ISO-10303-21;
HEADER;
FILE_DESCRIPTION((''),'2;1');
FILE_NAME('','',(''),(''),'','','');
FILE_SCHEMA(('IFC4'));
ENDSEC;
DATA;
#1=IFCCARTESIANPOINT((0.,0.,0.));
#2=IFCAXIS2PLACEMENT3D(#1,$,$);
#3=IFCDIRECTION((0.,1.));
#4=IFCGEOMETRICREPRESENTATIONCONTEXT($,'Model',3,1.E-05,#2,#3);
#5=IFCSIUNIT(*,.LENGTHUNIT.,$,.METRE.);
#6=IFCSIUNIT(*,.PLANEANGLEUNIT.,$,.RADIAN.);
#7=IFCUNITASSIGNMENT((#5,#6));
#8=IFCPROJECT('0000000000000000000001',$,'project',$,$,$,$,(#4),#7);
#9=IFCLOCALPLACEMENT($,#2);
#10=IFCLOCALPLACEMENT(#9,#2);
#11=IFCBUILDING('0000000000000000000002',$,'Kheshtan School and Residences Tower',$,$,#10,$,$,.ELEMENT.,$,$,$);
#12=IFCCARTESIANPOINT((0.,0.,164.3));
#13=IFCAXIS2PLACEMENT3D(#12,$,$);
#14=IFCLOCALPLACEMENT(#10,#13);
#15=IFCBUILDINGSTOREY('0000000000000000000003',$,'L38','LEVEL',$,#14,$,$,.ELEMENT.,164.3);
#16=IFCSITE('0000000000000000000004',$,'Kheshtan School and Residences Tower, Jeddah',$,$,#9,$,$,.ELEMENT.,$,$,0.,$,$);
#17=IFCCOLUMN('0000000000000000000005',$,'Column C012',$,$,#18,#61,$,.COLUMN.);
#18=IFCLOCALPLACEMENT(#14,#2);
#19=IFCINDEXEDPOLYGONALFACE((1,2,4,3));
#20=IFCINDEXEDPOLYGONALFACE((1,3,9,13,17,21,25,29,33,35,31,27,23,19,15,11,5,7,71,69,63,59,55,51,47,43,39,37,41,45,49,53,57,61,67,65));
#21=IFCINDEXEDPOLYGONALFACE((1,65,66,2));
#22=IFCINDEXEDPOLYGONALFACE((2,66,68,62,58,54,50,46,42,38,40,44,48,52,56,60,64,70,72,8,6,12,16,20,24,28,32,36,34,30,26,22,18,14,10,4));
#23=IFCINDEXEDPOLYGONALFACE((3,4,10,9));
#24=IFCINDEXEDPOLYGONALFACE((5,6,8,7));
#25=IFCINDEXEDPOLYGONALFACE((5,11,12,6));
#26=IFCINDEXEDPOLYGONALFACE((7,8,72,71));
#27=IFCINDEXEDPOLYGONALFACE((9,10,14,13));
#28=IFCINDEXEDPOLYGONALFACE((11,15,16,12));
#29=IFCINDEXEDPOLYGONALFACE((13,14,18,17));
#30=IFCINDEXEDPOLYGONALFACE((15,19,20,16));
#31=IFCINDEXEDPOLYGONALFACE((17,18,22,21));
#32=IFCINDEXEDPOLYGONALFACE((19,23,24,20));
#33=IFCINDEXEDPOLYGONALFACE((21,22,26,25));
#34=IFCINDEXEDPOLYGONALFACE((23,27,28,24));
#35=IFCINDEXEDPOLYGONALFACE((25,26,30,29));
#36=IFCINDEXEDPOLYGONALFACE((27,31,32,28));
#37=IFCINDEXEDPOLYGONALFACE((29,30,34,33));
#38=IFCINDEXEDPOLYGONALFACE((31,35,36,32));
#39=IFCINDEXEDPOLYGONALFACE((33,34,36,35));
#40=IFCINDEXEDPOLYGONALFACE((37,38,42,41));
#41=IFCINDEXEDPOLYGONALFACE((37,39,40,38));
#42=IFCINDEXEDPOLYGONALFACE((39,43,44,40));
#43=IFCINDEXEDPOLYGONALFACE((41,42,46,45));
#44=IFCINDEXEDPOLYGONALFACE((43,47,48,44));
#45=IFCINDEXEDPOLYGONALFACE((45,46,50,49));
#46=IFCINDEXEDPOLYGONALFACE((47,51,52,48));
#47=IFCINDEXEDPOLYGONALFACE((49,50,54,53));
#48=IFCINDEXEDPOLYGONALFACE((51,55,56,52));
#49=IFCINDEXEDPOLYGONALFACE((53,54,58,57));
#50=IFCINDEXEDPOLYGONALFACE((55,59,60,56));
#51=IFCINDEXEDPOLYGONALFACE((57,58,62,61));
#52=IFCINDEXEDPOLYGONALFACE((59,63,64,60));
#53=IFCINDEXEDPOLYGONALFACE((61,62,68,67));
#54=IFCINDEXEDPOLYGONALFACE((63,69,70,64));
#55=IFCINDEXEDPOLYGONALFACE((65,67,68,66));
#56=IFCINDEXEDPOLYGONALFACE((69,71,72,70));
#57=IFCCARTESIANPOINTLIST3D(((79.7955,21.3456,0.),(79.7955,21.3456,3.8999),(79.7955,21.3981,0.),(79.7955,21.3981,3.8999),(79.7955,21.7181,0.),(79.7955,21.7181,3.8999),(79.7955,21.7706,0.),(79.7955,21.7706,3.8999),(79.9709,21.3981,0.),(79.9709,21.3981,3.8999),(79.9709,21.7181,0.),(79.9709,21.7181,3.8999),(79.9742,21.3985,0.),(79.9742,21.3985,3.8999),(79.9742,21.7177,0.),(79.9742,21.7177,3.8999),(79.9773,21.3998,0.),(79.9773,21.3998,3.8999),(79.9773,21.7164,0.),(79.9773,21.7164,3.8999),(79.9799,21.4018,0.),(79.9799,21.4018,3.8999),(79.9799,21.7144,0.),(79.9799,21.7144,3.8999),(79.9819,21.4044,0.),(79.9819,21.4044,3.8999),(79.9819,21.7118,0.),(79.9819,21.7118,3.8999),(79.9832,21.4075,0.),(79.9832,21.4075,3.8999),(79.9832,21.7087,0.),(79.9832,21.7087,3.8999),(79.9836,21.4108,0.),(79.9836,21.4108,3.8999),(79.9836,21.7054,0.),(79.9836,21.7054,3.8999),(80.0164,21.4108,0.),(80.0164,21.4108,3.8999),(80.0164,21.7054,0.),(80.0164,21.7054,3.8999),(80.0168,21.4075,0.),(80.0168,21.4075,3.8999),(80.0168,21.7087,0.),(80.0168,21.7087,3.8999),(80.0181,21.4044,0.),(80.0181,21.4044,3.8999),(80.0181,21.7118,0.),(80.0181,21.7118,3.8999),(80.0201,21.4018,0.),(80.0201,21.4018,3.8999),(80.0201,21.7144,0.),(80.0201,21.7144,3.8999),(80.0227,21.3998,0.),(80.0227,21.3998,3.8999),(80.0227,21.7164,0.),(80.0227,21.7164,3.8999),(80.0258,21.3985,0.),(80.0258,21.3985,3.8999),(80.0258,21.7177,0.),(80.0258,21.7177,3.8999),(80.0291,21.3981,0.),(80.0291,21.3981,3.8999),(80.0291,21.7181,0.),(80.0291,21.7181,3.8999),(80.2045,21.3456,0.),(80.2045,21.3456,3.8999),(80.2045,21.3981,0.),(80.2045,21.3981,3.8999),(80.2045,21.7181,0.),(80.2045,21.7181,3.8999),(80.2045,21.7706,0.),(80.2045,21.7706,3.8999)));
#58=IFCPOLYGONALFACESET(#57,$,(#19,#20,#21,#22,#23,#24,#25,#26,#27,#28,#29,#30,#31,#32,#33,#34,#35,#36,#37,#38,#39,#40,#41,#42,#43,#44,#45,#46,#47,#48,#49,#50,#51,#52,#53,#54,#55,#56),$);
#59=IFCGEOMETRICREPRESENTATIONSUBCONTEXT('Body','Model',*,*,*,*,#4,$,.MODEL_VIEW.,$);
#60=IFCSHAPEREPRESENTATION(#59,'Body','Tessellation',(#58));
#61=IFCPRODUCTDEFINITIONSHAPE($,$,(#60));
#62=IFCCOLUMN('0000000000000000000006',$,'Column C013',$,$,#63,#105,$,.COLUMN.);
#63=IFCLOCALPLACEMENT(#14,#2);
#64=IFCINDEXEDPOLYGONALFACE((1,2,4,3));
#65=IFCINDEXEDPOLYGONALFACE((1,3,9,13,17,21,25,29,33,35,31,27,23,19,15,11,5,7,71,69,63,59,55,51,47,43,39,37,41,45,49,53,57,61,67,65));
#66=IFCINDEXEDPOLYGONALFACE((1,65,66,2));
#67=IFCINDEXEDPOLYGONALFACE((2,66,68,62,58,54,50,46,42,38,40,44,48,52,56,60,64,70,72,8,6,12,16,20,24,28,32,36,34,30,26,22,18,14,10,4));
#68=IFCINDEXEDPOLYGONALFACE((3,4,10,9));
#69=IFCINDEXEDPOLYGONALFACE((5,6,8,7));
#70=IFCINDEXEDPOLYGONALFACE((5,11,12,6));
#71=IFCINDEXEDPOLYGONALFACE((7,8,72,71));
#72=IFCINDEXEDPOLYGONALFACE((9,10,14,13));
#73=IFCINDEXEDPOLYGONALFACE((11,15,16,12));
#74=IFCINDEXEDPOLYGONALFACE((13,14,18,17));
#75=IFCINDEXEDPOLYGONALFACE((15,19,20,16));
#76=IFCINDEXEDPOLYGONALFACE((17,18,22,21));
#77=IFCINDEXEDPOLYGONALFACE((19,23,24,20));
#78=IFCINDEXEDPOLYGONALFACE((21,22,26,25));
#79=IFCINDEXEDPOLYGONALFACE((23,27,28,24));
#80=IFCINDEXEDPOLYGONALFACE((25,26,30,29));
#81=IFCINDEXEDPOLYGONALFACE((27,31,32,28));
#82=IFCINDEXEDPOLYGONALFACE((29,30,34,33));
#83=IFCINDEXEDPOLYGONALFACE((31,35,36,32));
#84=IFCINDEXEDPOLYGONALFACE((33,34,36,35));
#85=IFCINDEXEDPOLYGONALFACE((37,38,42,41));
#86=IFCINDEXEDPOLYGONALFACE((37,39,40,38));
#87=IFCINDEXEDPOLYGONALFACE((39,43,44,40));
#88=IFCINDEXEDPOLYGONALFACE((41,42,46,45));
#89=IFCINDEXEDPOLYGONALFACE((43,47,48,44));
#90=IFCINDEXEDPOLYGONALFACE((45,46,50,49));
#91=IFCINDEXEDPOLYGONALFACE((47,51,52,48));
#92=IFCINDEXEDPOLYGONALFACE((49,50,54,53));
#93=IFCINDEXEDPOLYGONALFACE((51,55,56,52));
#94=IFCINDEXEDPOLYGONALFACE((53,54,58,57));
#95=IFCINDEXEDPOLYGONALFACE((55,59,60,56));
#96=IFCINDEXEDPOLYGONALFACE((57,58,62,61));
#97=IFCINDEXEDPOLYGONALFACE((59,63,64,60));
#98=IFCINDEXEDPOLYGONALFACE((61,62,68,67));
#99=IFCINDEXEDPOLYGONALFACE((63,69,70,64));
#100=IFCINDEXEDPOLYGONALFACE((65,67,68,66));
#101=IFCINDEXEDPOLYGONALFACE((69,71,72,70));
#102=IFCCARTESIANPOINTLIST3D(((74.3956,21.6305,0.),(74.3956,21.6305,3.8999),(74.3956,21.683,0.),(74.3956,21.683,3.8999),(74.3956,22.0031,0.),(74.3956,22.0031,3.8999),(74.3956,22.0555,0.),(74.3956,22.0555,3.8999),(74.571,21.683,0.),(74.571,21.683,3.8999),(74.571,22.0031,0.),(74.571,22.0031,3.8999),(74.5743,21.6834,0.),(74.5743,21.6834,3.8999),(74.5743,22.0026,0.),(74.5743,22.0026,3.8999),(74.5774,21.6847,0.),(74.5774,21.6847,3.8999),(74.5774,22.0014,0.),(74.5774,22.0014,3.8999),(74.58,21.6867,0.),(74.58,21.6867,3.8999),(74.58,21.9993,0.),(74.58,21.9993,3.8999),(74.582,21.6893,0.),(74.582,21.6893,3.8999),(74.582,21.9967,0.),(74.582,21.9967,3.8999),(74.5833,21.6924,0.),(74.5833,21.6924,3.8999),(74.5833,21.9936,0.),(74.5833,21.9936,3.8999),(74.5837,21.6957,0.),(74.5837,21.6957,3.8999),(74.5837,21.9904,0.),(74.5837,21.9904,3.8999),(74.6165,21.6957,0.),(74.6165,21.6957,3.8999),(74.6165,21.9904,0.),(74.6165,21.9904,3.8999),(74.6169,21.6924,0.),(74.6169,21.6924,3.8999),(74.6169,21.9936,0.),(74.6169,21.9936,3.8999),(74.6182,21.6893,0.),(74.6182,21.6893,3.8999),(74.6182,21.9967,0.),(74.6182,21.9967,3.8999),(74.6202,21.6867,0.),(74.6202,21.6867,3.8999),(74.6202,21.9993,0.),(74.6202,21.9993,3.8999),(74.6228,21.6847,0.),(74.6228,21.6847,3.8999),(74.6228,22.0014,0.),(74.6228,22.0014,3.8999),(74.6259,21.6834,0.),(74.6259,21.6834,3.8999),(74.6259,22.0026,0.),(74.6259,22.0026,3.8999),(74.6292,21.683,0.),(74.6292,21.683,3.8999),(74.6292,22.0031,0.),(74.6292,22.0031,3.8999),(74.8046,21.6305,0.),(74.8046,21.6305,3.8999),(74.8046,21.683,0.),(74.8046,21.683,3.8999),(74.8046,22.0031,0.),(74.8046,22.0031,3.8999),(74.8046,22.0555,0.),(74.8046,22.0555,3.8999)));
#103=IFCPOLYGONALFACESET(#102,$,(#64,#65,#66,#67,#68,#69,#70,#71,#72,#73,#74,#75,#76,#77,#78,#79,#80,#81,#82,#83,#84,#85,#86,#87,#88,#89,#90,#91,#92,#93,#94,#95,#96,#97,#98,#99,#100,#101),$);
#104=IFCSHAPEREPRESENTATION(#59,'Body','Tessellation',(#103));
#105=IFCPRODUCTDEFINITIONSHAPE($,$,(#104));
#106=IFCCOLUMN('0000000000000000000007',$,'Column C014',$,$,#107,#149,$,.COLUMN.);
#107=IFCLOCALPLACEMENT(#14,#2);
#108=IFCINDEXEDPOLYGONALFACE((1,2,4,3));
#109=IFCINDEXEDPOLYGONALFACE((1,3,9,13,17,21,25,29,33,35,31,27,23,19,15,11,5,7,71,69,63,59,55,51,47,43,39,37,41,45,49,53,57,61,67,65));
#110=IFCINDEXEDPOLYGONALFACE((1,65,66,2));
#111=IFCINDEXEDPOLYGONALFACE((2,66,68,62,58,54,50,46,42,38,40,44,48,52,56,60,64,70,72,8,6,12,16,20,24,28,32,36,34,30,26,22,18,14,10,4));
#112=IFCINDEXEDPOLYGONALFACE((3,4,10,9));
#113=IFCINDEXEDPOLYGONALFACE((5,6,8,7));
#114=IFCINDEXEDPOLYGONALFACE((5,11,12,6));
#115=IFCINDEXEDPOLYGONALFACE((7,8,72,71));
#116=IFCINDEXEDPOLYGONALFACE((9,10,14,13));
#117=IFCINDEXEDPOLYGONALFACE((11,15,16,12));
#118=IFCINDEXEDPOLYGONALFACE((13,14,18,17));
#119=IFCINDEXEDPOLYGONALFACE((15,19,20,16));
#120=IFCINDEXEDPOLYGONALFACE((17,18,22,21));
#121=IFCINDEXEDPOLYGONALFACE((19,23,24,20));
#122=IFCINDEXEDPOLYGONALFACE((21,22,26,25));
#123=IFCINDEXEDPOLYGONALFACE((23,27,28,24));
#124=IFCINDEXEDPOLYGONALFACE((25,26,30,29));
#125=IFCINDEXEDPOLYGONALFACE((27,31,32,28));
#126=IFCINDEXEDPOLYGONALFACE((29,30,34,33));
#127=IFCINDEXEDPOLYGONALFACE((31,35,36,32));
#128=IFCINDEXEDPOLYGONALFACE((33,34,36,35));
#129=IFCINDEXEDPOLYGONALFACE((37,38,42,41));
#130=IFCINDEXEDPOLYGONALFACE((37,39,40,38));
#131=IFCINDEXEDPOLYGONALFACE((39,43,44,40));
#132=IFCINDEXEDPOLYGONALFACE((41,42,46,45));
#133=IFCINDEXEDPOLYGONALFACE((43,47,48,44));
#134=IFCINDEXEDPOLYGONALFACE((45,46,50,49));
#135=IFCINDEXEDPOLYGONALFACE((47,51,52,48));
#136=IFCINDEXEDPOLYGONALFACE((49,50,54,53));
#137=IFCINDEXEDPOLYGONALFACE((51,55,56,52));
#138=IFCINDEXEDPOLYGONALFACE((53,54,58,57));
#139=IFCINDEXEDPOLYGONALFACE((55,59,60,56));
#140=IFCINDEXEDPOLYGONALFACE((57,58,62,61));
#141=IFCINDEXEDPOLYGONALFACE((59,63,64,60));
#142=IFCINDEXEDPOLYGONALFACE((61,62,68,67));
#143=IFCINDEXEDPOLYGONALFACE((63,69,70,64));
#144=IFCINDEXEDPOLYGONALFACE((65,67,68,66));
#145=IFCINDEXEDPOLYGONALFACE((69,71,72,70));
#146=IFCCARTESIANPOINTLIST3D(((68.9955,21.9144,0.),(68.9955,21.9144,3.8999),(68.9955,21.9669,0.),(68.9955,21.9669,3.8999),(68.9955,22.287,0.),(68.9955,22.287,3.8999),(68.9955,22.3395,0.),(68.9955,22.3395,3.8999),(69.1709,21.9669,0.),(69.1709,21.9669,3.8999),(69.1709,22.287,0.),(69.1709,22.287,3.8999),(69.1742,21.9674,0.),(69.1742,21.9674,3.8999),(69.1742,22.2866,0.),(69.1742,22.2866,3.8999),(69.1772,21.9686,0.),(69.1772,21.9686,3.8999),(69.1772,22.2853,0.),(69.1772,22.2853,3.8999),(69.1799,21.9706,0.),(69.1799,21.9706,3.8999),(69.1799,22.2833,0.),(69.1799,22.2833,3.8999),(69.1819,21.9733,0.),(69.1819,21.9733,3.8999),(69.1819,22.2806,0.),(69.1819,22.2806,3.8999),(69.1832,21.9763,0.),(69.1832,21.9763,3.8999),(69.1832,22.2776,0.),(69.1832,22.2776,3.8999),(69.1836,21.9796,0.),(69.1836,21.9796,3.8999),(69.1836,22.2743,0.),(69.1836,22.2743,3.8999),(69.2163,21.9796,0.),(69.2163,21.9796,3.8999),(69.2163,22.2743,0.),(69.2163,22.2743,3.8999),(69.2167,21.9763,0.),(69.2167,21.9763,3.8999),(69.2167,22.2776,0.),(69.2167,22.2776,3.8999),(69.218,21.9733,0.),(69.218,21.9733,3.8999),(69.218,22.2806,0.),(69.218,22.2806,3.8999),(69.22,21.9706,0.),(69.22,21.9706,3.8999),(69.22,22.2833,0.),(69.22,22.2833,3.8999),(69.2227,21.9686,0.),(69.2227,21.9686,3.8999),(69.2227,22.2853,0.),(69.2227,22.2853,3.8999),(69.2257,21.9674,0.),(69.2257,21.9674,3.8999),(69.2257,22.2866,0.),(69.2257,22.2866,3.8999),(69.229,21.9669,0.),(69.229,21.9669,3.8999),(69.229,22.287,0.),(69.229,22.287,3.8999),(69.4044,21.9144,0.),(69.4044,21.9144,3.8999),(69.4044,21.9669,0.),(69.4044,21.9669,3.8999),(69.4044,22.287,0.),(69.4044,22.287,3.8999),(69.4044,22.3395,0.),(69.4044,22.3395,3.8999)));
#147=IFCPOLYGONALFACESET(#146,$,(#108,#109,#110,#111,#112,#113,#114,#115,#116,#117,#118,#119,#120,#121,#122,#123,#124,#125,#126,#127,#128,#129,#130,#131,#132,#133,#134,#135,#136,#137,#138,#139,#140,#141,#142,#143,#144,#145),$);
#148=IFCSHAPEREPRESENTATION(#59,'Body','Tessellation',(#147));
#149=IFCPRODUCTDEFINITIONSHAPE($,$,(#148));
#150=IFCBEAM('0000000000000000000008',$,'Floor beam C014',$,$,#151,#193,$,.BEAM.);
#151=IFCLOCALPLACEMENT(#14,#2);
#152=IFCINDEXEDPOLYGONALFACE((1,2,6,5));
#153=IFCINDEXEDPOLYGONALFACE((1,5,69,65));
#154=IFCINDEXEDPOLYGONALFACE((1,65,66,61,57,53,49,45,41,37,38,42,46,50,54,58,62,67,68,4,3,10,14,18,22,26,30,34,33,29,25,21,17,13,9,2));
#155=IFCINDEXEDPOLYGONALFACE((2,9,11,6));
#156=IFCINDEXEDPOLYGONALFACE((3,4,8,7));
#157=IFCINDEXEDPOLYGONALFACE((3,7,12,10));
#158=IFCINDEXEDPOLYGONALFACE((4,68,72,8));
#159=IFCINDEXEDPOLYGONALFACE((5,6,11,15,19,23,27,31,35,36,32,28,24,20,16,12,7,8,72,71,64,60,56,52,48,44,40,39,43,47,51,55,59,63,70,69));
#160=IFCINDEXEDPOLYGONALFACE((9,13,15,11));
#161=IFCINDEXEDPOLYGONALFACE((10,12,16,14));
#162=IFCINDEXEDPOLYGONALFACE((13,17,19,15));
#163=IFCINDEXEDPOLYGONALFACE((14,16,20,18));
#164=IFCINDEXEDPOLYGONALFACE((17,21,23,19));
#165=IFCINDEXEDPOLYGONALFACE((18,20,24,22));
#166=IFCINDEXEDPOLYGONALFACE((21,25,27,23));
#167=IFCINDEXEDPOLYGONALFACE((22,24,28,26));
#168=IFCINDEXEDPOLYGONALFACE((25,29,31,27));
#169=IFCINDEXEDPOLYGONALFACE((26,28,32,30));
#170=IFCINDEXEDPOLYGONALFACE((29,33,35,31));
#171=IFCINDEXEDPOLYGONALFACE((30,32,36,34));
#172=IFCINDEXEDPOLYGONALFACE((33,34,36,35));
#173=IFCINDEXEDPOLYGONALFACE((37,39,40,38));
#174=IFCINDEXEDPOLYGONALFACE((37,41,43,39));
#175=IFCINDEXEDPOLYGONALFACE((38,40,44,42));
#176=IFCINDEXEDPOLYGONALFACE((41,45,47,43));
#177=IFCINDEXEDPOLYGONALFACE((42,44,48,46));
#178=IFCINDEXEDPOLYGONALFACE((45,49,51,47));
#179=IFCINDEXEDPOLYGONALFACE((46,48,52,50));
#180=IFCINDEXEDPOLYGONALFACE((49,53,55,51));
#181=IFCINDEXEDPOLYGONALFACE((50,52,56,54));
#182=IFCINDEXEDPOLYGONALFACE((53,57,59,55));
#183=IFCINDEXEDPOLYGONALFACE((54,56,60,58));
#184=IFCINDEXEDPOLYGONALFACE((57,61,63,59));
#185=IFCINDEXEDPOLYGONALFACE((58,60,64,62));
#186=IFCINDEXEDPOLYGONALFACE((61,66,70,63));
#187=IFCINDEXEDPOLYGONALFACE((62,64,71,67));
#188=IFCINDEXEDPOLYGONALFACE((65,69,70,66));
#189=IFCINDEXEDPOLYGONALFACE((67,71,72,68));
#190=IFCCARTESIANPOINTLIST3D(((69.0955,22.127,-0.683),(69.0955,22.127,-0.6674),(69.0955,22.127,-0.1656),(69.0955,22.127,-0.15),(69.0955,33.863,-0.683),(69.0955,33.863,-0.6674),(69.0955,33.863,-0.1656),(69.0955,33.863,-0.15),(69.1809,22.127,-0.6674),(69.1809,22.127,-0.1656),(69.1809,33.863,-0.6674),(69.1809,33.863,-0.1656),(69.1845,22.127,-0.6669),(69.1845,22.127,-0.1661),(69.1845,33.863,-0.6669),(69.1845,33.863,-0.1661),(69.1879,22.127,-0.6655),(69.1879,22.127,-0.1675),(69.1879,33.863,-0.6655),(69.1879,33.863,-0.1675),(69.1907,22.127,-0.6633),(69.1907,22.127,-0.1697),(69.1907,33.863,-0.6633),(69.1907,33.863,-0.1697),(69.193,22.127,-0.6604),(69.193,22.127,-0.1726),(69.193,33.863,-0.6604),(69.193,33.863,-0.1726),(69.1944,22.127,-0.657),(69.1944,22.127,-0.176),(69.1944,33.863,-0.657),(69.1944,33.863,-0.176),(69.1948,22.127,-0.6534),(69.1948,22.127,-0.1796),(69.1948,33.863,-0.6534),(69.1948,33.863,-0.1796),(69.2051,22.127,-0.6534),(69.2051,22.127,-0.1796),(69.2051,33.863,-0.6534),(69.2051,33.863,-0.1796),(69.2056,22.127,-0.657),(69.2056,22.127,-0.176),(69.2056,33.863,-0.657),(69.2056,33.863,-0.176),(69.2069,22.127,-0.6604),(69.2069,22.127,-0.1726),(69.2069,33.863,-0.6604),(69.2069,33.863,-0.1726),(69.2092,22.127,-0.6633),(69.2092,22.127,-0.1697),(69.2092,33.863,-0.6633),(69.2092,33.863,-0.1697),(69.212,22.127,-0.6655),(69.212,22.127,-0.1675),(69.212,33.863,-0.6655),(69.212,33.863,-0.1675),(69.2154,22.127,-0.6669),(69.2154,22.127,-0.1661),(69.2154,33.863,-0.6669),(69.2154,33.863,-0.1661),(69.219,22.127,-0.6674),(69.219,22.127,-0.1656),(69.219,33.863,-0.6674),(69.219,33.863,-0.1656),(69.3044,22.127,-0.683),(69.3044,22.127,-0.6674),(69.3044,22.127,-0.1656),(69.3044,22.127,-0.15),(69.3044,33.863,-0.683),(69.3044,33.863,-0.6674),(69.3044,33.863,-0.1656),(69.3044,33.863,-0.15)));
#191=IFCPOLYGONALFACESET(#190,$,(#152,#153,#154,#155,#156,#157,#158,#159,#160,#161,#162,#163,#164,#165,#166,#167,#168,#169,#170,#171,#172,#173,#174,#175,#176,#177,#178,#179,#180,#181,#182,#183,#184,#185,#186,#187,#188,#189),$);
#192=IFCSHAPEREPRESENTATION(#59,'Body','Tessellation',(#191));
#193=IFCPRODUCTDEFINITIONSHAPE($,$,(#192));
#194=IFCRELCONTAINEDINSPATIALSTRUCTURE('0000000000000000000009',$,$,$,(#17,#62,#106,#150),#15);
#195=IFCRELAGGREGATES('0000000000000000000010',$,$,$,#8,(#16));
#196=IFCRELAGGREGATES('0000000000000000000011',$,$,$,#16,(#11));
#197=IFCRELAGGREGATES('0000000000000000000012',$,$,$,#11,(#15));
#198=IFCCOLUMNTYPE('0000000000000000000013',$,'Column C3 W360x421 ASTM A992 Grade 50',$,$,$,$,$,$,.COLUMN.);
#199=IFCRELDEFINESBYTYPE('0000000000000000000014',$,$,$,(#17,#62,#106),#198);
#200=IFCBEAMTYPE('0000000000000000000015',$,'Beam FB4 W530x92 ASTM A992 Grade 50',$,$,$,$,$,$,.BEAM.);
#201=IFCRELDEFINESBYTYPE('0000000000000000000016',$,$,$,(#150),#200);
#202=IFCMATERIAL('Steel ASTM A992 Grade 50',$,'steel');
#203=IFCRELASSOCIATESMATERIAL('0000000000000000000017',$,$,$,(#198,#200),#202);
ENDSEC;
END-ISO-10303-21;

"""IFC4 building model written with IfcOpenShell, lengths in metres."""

from ifc_helpers import new_model, si_unit, direction, frame, origin, origin_2d, place, context, subcontext, project, spatial, i_section, extrude, material, material_profile, profile_set, type_object, element, save


model = new_model("IFC4")

# Units and contexts
model_context = context("Model", 3, precision=1e-05, world=origin(), true_north=direction((0.0, 1.0)))
body_context = subcontext(model_context, "Body", "Model", "MODEL_VIEW")
ifc_project = project(units=[si_unit("LENGTHUNIT", "METRE"), si_unit("PLANEANGLEUNIT", "RADIAN")], contexts=[model_context])

# Site, building, storey
site_placement = place(None, origin())
site = spatial("IfcSite", under=ifc_project, at=site_placement, Name="Kheshtan School and Residences Tower, Jeddah", CompositionType="ELEMENT", RefElevation=0.0)
building_placement = place(site_placement, origin())
building = spatial("IfcBuilding", under=site, at=building_placement, Name="Kheshtan School and Residences Tower", CompositionType="ELEMENT")
storey_placement = place(building_placement, frame((0.0, 0.0, 164.3)))
storey = spatial("IfcBuildingStorey", under=building, at=storey_placement, Name="L38", Description="LEVEL", CompositionType="ELEMENT", Elevation=164.3)

# Columns
ifc_material_1 = material(Name="Steel ASTM A992 Grade 50", Category="steel")
ifc_material_profile_1 = material_profile(ifc_material_1, i_section(OverallWidth=0.4089, OverallDepth=0.425, WebThickness=0.0327, FlangeThickness=0.0525, FilletRadius=0.0127, at=origin_2d()), Name="W360x421")
ifc_profile_set_1 = profile_set([ifc_material_profile_1], Name="Steel ASTM A992 Grade 50")
column_type = type_object("IfcColumnType", Name="Column C3 W360x421 ASTM A992 Grade 50", PredefinedType="COLUMN", material=ifc_profile_set_1)
for number, where, z_axis, x_axis, name in (
    (1, (80.0, 21.5581, 0.0), (0.0, 0.0, 1.0), (1.0, 0.0, 0.0), "Column C012"),
    (2, (74.6001, 21.843, 0.0), (0.0, 0.0, 1.0), (1.0, 0.0, 0.0), "Column C013"),
    (3, (69.2, 22.127, 0.0), (0.0, 0.0, 1.0), (1.0, 0.0, 0.0), "Column C014"),
):
    element("IfcColumn", number, at=place(storey_placement, frame(where, z_axis=z_axis, x_axis=x_axis)), inside=storey, type_object=column_type, Name=name, PredefinedType="COLUMN", context=body_context, shape_type="SweptSolid", body=[
        extrude(i_section(OverallWidth=0.4089, OverallDepth=0.425, WebThickness=0.0327, FlangeThickness=0.0525, FilletRadius=0.0127, at=origin_2d()), origin(), (0.0, 0.0, 1.0), 3.8999),
    ])

# Beam
ifc_material_profile_2 = material_profile(ifc_material_1, i_section(OverallWidth=0.209, OverallDepth=0.533, WebThickness=0.0103, FlangeThickness=0.0156, FilletRadius=0.0139, at=origin_2d()), Name="W530x92")
ifc_profile_set_2 = profile_set([ifc_material_profile_2], Name="Steel ASTM A992 Grade 50")
beam_type_1 = type_object("IfcBeamType", Name="Beam FB4 W530x92 ASTM A992 Grade 50", PredefinedType="BEAM", material=ifc_profile_set_2)
beam_1_placement = place(storey_placement, frame((69.2, 22.127, -0.4165), z_axis=(0.0, 1.0, 0.0), x_axis=(-1.0, 0.0, 0.0)))
element("IfcBeam", 4, at=beam_1_placement, inside=storey, type_object=beam_type_1, Name="Floor beam C014", PredefinedType="BEAM", context=body_context, shape_type="SweptSolid", body=[
    extrude(i_section(OverallWidth=0.209, OverallDepth=0.533, WebThickness=0.0103, FlangeThickness=0.0156, FilletRadius=0.0139, at=origin_2d()), origin(), (0.0, 0.0, 1.0), 11.7361),
])

save(model, "model.ifc")
